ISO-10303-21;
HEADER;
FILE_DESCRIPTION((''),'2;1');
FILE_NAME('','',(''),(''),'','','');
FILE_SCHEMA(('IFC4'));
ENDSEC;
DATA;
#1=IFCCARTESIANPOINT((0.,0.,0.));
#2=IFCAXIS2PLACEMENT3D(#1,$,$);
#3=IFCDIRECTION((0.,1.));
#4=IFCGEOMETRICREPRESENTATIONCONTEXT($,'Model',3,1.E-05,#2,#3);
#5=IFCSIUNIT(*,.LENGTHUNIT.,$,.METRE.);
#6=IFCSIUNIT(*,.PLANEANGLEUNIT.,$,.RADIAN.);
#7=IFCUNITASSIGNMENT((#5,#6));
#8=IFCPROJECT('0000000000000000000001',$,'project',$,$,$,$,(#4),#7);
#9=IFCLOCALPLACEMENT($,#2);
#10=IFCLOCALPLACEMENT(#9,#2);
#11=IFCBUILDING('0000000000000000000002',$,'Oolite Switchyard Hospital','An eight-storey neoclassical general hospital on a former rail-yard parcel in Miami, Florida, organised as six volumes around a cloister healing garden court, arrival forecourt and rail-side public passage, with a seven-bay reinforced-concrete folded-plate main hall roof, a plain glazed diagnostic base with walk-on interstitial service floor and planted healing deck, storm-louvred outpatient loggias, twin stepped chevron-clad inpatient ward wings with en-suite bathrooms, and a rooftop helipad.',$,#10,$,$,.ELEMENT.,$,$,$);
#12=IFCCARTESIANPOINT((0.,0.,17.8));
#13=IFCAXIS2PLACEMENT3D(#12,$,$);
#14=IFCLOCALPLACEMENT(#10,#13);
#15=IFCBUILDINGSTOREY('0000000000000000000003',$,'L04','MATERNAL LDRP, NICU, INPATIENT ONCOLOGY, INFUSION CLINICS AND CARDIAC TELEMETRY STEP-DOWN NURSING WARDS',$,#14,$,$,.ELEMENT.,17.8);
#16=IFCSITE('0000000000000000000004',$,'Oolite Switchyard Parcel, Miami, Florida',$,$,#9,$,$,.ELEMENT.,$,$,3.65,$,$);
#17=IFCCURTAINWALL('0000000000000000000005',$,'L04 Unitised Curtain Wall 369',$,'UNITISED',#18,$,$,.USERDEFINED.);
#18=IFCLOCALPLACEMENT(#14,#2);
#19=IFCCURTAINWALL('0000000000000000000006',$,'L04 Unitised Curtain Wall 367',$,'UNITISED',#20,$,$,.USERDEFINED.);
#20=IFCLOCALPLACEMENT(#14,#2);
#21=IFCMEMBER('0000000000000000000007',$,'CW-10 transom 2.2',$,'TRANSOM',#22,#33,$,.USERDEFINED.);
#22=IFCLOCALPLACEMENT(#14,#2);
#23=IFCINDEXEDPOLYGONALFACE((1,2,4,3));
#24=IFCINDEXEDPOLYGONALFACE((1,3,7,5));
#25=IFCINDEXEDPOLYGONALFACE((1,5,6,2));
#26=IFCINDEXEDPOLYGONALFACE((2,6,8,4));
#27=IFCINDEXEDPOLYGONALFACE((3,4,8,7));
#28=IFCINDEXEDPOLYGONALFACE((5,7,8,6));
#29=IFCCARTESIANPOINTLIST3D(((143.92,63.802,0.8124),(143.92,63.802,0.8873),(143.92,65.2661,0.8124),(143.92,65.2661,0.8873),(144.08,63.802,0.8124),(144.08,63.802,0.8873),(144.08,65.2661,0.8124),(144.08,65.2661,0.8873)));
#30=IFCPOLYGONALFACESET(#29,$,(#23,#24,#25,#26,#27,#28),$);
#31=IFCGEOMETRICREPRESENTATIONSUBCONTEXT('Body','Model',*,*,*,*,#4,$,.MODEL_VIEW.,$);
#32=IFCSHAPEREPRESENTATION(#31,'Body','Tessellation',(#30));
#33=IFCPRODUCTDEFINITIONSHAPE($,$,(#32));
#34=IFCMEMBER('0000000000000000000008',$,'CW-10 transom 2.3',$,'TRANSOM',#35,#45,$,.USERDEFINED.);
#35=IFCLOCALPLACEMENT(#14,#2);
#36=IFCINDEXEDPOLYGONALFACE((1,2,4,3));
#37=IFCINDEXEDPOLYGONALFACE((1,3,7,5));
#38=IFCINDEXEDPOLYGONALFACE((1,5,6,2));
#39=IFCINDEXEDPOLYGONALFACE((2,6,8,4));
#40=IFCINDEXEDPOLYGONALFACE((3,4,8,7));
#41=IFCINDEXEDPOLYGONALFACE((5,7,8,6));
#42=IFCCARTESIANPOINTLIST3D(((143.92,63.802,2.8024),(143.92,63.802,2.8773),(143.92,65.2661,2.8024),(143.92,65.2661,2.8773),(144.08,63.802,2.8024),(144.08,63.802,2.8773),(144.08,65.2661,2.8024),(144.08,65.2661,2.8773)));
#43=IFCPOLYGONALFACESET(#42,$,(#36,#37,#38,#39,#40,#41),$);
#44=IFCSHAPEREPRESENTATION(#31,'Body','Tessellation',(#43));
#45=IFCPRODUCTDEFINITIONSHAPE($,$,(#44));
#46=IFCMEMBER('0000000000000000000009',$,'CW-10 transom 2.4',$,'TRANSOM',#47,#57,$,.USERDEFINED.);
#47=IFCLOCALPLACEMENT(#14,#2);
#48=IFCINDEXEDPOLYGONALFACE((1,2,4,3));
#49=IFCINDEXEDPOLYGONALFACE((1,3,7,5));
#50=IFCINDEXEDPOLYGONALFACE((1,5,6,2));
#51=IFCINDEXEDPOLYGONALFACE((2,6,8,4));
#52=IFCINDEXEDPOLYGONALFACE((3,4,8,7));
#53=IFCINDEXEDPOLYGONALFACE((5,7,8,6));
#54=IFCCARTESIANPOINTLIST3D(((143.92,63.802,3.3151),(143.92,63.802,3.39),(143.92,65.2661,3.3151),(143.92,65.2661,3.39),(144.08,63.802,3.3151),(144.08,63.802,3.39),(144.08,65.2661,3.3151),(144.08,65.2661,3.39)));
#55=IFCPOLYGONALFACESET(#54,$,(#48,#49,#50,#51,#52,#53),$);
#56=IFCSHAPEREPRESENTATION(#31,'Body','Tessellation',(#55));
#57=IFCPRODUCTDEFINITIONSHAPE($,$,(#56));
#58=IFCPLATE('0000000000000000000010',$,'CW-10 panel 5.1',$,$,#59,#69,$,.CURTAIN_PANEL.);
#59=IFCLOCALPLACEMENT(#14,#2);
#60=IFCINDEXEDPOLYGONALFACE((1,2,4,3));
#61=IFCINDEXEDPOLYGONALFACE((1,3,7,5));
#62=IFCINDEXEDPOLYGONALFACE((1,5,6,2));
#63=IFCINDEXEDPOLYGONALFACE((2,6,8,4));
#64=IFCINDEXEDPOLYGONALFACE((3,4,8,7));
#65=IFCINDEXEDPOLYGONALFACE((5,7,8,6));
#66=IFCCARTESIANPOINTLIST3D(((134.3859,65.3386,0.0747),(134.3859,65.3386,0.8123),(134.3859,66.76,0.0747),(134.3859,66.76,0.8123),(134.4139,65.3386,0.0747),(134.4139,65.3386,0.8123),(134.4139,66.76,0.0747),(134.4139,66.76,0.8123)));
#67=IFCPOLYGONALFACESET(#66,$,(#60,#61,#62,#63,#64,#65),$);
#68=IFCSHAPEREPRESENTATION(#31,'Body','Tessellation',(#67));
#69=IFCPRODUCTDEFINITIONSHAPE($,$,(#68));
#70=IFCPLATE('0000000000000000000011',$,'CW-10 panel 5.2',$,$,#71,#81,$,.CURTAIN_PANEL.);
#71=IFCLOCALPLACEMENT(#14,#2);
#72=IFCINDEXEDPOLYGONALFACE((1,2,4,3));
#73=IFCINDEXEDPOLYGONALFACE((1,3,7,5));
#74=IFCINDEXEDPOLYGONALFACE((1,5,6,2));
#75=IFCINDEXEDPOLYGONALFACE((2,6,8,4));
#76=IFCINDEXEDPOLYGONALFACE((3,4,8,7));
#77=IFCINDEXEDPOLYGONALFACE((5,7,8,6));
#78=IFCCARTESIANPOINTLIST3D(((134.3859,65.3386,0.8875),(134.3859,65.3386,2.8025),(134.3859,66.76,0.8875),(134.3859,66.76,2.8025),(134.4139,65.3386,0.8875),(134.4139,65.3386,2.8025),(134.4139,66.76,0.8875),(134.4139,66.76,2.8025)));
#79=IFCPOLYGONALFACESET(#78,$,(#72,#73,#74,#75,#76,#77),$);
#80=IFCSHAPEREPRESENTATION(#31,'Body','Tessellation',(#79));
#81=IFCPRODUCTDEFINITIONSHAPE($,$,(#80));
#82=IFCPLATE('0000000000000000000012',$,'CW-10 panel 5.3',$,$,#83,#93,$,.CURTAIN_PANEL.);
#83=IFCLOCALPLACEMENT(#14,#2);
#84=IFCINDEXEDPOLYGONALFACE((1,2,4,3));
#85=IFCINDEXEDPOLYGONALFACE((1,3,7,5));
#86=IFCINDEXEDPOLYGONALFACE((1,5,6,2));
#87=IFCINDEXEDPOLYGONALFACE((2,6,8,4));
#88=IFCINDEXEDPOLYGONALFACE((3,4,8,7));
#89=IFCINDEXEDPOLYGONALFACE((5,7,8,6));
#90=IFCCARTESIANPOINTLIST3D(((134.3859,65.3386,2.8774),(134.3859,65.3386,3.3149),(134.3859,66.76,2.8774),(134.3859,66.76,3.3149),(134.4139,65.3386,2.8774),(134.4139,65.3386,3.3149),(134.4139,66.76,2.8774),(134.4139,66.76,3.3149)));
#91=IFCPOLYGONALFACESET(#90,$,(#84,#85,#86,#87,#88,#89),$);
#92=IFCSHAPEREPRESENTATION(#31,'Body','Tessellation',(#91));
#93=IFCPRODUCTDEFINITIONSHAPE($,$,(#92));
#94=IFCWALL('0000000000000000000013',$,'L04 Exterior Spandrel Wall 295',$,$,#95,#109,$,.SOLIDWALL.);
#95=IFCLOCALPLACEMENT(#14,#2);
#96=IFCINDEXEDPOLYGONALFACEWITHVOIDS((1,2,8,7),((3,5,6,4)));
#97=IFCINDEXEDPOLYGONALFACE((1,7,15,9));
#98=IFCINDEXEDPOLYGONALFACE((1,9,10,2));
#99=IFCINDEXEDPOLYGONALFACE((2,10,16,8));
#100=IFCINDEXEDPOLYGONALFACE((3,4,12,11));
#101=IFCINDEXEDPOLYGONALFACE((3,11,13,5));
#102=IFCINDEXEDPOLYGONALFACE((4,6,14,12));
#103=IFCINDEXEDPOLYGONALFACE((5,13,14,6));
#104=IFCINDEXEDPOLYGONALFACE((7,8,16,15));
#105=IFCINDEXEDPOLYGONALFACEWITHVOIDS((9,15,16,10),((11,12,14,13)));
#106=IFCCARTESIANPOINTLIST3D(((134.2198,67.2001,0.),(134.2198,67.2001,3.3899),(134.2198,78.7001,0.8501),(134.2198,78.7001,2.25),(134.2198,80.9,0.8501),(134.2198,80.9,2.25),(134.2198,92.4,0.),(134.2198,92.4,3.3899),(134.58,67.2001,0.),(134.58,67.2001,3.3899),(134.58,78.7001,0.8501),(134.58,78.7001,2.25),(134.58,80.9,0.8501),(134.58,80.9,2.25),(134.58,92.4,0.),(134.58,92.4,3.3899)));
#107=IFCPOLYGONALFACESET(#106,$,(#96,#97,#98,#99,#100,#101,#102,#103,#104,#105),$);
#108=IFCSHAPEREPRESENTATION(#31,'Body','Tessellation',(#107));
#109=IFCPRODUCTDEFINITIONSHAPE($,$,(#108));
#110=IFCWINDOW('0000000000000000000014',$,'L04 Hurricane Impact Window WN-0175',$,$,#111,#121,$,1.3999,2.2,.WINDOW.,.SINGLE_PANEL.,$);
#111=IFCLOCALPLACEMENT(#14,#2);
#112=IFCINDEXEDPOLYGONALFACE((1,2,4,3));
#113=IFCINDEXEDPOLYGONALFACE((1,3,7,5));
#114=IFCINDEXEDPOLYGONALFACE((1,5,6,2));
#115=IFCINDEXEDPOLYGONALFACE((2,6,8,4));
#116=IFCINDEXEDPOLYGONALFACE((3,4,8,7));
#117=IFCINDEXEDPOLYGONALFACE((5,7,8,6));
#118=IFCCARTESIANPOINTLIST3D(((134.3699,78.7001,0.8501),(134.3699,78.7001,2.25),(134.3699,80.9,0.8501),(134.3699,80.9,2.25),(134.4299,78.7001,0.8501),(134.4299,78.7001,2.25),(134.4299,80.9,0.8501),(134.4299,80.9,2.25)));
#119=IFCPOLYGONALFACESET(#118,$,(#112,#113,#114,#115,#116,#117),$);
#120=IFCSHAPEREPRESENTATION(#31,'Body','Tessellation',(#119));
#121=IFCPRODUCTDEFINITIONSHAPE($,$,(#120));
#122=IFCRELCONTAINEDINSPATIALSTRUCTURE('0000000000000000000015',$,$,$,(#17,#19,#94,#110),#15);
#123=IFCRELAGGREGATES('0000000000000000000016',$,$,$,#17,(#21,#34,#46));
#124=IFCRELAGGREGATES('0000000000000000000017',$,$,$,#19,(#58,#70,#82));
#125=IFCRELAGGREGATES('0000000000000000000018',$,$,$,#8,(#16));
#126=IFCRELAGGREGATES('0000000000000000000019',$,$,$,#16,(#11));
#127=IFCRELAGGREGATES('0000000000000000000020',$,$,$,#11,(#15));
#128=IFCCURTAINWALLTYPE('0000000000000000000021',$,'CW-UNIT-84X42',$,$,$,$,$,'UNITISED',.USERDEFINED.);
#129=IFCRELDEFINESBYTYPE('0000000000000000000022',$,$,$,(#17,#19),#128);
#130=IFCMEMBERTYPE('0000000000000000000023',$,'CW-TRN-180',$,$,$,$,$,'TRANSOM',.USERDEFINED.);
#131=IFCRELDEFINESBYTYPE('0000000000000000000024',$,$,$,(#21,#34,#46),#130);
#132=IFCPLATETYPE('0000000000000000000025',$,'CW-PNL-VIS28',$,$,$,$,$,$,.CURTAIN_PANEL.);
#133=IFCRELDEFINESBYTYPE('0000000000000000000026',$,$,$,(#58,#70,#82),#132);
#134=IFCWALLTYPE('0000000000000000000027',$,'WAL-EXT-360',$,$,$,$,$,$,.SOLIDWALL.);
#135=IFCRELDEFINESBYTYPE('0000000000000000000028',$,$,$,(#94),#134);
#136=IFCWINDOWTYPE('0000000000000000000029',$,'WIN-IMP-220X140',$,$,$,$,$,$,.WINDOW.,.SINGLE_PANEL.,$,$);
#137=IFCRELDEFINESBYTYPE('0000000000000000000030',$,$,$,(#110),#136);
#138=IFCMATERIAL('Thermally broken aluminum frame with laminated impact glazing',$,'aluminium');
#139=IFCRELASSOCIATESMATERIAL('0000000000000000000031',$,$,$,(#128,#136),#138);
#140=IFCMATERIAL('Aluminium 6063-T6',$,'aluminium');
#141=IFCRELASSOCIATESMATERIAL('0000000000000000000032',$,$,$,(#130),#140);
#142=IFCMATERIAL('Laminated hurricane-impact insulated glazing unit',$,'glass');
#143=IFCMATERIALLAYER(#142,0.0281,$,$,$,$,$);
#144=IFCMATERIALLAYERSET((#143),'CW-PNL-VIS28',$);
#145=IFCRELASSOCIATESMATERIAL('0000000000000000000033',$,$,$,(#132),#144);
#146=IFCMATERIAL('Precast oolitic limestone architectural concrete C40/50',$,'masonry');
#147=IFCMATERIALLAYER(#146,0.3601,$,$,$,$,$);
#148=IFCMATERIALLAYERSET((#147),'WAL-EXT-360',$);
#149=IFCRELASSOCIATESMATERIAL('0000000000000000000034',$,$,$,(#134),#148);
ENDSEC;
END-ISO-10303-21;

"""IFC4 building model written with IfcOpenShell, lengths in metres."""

from ifc_helpers import new_model, si_unit, direction, frame, frame_2d, origin, origin_2d, place, context, subcontext, project, spatial, rectangle, extrude, material, layer, layer_set, material_profile, profile_set, type_object, element, fill, aggregate, save


model = new_model("IFC4")

# Units and contexts
model_context = context("Model", 3, precision=1e-05, world=origin(), true_north=direction((0.0, 1.0)))
body_context = subcontext(model_context, "Body", "Model", "MODEL_VIEW")
ifc_project = project(units=[si_unit("LENGTHUNIT", "METRE"), si_unit("PLANEANGLEUNIT", "RADIAN")], contexts=[model_context])

# Site, building, storey
site_placement = place(None, origin())
site = spatial("IfcSite", under=ifc_project, at=site_placement, Name="Oolite Switchyard Parcel, Miami, Florida", CompositionType="ELEMENT", RefElevation=3.65)
building_placement = place(site_placement, origin())
building = spatial("IfcBuilding", under=site, at=building_placement, Name="Oolite Switchyard Hospital", Description="An eight-storey neoclassical general hospital on a former rail-yard parcel in Miami, Florida, organised as six volumes around a cloister healing garden court, arrival forecourt and rail-side public passage, with a seven-bay reinforced-concrete folded-plate main hall roof, a plain glazed diagnostic base with walk-on interstitial service floor and planted healing deck, storm-louvred outpatient loggias, twin stepped chevron-clad inpatient ward wings with en-suite bathrooms, and a rooftop helipad.", CompositionType="ELEMENT")
storey_placement = place(building_placement, frame((0.0, 0.0, 17.8)))
storey = spatial("IfcBuildingStorey", under=building, at=storey_placement, Name="L04", Description="MATERNAL LDRP, NICU, INPATIENT ONCOLOGY, INFUSION CLINICS AND CARDIAC TELEMETRY STEP-DOWN NURSING WARDS", CompositionType="ELEMENT", Elevation=17.8)

# Curtain wall
ifc_material_1 = material(Name="Thermally broken aluminum frame with laminated impact glazing", Category="aluminium")
curtain_wall_type = type_object("IfcCurtainWallType", Name="CW-UNIT-84X42", ElementType="UNITISED", PredefinedType="USERDEFINED", material=ifc_material_1)
curtain_wall_1_placement = place(storey_placement, origin())
curtain_wall_1 = element("IfcCurtainWall", 1, at=curtain_wall_1_placement, inside=storey, type_object=curtain_wall_type, Name="L04 Unitised Curtain Wall 369", ObjectType="UNITISED", PredefinedType="USERDEFINED")
ifc_material_2 = material(Name="Aluminium 6063-T6", Category="aluminium")

# Curtain wall
curtain_wall_2_placement = place(storey_placement, origin())
curtain_wall_2 = element("IfcCurtainWall", 2, at=curtain_wall_2_placement, inside=storey, type_object=curtain_wall_type, Name="L04 Unitised Curtain Wall 367", ObjectType="UNITISED", PredefinedType="USERDEFINED")
ifc_material_profile_1 = material_profile(ifc_material_2, rectangle(XDim=0.1599, YDim=0.075, at=origin_2d()), Name="CWT75X160")
ifc_profile_set_1 = profile_set([ifc_material_profile_1], Name="Aluminium 6063-T6")
member_type_1 = type_object("IfcMemberType", Name="CW-TRN-180", ElementType="TRANSOM", PredefinedType="USERDEFINED", material=ifc_profile_set_1)

# Members
member_1_placement = place(storey_placement, frame((144.0, 65.2661, 0.8499), z_axis=(0.0, -1.0, 0.0), x_axis=(1.0, 0.0, 0.0)))
member_1 = element("IfcMember", 3, at=member_1_placement, type_object=member_type_1, Name="CW-10 transom 2.2", ObjectType="TRANSOM", PredefinedType="USERDEFINED", context=body_context, shape_type="SweptSolid", body=[
    extrude(rectangle(XDim=0.1599, YDim=0.075, at=origin_2d()), origin(), (0.0, 0.0, 1.0), 1.4641),
])
member_2_placement = place(storey_placement, frame((144.0, 65.2661, 2.8398), z_axis=(0.0, -1.0, 0.0), x_axis=(1.0, 0.0, 0.0)))
member_2 = element("IfcMember", 4, at=member_2_placement, type_object=member_type_1, Name="CW-10 transom 2.3", ObjectType="TRANSOM", PredefinedType="USERDEFINED", context=body_context, shape_type="SweptSolid", body=[
    extrude(rectangle(XDim=0.1599, YDim=0.075, at=origin_2d()), origin(), (0.0, 0.0, 1.0), 1.4641),
])
member_3_placement = place(storey_placement, frame((144.0, 65.2661, 3.3525), z_axis=(0.0, -1.0, 0.0), x_axis=(1.0, 0.0, 0.0)))
member_3 = element("IfcMember", 5, at=member_3_placement, type_object=member_type_1, Name="CW-10 transom 2.4", ObjectType="TRANSOM", PredefinedType="USERDEFINED", context=body_context, shape_type="SweptSolid", body=[
    extrude(rectangle(XDim=0.1599, YDim=0.075, at=origin_2d()), origin(), (0.0, 0.0, 1.0), 1.4641),
])
aggregate(curtain_wall_1, [member_1, member_2, member_3])

# Plates
ifc_material_3 = material(Name="Laminated hurricane-impact insulated glazing unit", Category="glass")
ifc_layer_1 = layer(ifc_material_3, 0.0281)
ifc_layer_set_1 = layer_set([ifc_layer_1], Name="CW-PNL-VIS28")
plate_type = type_object("IfcPlateType", Name="CW-PNL-VIS28", PredefinedType="CURTAIN_PANEL", material=ifc_layer_set_1)
plate_1_placement = place(storey_placement, frame((134.3999, 66.0493, 0.0747), z_axis=(0.0, 0.0, 1.0), x_axis=(0.0, 1.0, 0.0)))
plate_1 = element("IfcPlate", 6, at=plate_1_placement, type_object=plate_type, Name="CW-10 panel 5.1", PredefinedType="CURTAIN_PANEL", context=body_context, shape_type="SweptSolid", body=[
    extrude(rectangle(XDim=1.4214, YDim=0.0281, at=origin_2d()), origin(), (0.0, 0.0, 1.0), 0.7375),
])
plate_2_placement = place(storey_placement, frame((134.3999, 66.0493, 0.8875), z_axis=(0.0, 0.0, 1.0), x_axis=(0.0, 1.0, 0.0)))
plate_2 = element("IfcPlate", 7, at=plate_2_placement, type_object=plate_type, Name="CW-10 panel 5.2", PredefinedType="CURTAIN_PANEL", context=body_context, shape_type="SweptSolid", body=[
    extrude(rectangle(XDim=1.4214, YDim=0.0281, at=origin_2d()), origin(), (0.0, 0.0, 1.0), 1.915),
])
plate_3_placement = place(storey_placement, frame((134.3999, 66.0493, 2.8774), z_axis=(0.0, 0.0, 1.0), x_axis=(0.0, 1.0, 0.0)))
plate_3 = element("IfcPlate", 8, at=plate_3_placement, type_object=plate_type, Name="CW-10 panel 5.3", PredefinedType="CURTAIN_PANEL", context=body_context, shape_type="SweptSolid", body=[
    extrude(rectangle(XDim=1.4214, YDim=0.0281, at=origin_2d()), origin(), (0.0, 0.0, 1.0), 0.4375),
])
aggregate(curtain_wall_2, [plate_1, plate_2, plate_3])

# Wall, opening, window
ifc_material_4 = material(Name="Precast oolitic limestone architectural concrete C40/50", Category="masonry")
ifc_layer_2 = layer(ifc_material_4, 0.3601)
ifc_layer_set_2 = layer_set([ifc_layer_2], Name="WAL-EXT-360")
wall_type = type_object("IfcWallType", Name="WAL-EXT-360", PredefinedType="SOLIDWALL", material=ifc_layer_set_2)
wall_placement = place(storey_placement, frame((134.3999, 67.2, 0.0), z_axis=(0.0, 0.0, 1.0), x_axis=(0.0, 1.0, 0.0)))
wall = element("IfcWall", 9, at=wall_placement, inside=storey, type_object=wall_type, Name="L04 Exterior Spandrel Wall 295", PredefinedType="SOLIDWALL", context=body_context, shape_type="SweptSolid", body=[
    extrude(rectangle(XDim=25.2, YDim=0.3601, at=frame_2d((12.6001, 0.0))), origin(), (0.0, 0.0, 1.0), 3.3899),
])
opening_placement = place(wall_placement, frame((11.5, 0.0, 0.8501)))
opening = element("IfcOpeningElement", 10, at=opening_placement, cuts=wall, PredefinedType="OPENING", context=body_context, shape_type="SweptSolid", body=[
    extrude(rectangle(XDim=2.2, YDim=1.3999, at=frame_2d((1.1001, 0.7))), frame((0.0, 0.1899, 0.0), z_axis=(0.0, -1.0, 0.0), x_axis=(1.0, 0.0, 0.0)), (0.0, 0.0, 1.0), 0.3801),
])
window_type = type_object("IfcWindowType", Name="WIN-IMP-220X140", PartitioningType="SINGLE_PANEL", PredefinedType="WINDOW", material=ifc_material_1)
window_placement = place(opening_placement, origin())
window = element("IfcWindow", 11, at=window_placement, inside=storey, type_object=window_type, Name="L04 Hurricane Impact Window WN-0175", OverallHeight=1.3999, OverallWidth=2.2, PartitioningType="SINGLE_PANEL", PredefinedType="WINDOW", context=body_context, shape_type="SweptSolid", body=[
    extrude(rectangle(XDim=2.2, YDim=1.3999, at=frame_2d((1.1001, 0.7))), frame((0.0, 0.03, 0.0), z_axis=(0.0, -1.0, 0.0), x_axis=(1.0, 0.0, 0.0)), (0.0, 0.0, 1.0), 0.0601),
])
fill(opening, window)

save(model, "model.ifc")
